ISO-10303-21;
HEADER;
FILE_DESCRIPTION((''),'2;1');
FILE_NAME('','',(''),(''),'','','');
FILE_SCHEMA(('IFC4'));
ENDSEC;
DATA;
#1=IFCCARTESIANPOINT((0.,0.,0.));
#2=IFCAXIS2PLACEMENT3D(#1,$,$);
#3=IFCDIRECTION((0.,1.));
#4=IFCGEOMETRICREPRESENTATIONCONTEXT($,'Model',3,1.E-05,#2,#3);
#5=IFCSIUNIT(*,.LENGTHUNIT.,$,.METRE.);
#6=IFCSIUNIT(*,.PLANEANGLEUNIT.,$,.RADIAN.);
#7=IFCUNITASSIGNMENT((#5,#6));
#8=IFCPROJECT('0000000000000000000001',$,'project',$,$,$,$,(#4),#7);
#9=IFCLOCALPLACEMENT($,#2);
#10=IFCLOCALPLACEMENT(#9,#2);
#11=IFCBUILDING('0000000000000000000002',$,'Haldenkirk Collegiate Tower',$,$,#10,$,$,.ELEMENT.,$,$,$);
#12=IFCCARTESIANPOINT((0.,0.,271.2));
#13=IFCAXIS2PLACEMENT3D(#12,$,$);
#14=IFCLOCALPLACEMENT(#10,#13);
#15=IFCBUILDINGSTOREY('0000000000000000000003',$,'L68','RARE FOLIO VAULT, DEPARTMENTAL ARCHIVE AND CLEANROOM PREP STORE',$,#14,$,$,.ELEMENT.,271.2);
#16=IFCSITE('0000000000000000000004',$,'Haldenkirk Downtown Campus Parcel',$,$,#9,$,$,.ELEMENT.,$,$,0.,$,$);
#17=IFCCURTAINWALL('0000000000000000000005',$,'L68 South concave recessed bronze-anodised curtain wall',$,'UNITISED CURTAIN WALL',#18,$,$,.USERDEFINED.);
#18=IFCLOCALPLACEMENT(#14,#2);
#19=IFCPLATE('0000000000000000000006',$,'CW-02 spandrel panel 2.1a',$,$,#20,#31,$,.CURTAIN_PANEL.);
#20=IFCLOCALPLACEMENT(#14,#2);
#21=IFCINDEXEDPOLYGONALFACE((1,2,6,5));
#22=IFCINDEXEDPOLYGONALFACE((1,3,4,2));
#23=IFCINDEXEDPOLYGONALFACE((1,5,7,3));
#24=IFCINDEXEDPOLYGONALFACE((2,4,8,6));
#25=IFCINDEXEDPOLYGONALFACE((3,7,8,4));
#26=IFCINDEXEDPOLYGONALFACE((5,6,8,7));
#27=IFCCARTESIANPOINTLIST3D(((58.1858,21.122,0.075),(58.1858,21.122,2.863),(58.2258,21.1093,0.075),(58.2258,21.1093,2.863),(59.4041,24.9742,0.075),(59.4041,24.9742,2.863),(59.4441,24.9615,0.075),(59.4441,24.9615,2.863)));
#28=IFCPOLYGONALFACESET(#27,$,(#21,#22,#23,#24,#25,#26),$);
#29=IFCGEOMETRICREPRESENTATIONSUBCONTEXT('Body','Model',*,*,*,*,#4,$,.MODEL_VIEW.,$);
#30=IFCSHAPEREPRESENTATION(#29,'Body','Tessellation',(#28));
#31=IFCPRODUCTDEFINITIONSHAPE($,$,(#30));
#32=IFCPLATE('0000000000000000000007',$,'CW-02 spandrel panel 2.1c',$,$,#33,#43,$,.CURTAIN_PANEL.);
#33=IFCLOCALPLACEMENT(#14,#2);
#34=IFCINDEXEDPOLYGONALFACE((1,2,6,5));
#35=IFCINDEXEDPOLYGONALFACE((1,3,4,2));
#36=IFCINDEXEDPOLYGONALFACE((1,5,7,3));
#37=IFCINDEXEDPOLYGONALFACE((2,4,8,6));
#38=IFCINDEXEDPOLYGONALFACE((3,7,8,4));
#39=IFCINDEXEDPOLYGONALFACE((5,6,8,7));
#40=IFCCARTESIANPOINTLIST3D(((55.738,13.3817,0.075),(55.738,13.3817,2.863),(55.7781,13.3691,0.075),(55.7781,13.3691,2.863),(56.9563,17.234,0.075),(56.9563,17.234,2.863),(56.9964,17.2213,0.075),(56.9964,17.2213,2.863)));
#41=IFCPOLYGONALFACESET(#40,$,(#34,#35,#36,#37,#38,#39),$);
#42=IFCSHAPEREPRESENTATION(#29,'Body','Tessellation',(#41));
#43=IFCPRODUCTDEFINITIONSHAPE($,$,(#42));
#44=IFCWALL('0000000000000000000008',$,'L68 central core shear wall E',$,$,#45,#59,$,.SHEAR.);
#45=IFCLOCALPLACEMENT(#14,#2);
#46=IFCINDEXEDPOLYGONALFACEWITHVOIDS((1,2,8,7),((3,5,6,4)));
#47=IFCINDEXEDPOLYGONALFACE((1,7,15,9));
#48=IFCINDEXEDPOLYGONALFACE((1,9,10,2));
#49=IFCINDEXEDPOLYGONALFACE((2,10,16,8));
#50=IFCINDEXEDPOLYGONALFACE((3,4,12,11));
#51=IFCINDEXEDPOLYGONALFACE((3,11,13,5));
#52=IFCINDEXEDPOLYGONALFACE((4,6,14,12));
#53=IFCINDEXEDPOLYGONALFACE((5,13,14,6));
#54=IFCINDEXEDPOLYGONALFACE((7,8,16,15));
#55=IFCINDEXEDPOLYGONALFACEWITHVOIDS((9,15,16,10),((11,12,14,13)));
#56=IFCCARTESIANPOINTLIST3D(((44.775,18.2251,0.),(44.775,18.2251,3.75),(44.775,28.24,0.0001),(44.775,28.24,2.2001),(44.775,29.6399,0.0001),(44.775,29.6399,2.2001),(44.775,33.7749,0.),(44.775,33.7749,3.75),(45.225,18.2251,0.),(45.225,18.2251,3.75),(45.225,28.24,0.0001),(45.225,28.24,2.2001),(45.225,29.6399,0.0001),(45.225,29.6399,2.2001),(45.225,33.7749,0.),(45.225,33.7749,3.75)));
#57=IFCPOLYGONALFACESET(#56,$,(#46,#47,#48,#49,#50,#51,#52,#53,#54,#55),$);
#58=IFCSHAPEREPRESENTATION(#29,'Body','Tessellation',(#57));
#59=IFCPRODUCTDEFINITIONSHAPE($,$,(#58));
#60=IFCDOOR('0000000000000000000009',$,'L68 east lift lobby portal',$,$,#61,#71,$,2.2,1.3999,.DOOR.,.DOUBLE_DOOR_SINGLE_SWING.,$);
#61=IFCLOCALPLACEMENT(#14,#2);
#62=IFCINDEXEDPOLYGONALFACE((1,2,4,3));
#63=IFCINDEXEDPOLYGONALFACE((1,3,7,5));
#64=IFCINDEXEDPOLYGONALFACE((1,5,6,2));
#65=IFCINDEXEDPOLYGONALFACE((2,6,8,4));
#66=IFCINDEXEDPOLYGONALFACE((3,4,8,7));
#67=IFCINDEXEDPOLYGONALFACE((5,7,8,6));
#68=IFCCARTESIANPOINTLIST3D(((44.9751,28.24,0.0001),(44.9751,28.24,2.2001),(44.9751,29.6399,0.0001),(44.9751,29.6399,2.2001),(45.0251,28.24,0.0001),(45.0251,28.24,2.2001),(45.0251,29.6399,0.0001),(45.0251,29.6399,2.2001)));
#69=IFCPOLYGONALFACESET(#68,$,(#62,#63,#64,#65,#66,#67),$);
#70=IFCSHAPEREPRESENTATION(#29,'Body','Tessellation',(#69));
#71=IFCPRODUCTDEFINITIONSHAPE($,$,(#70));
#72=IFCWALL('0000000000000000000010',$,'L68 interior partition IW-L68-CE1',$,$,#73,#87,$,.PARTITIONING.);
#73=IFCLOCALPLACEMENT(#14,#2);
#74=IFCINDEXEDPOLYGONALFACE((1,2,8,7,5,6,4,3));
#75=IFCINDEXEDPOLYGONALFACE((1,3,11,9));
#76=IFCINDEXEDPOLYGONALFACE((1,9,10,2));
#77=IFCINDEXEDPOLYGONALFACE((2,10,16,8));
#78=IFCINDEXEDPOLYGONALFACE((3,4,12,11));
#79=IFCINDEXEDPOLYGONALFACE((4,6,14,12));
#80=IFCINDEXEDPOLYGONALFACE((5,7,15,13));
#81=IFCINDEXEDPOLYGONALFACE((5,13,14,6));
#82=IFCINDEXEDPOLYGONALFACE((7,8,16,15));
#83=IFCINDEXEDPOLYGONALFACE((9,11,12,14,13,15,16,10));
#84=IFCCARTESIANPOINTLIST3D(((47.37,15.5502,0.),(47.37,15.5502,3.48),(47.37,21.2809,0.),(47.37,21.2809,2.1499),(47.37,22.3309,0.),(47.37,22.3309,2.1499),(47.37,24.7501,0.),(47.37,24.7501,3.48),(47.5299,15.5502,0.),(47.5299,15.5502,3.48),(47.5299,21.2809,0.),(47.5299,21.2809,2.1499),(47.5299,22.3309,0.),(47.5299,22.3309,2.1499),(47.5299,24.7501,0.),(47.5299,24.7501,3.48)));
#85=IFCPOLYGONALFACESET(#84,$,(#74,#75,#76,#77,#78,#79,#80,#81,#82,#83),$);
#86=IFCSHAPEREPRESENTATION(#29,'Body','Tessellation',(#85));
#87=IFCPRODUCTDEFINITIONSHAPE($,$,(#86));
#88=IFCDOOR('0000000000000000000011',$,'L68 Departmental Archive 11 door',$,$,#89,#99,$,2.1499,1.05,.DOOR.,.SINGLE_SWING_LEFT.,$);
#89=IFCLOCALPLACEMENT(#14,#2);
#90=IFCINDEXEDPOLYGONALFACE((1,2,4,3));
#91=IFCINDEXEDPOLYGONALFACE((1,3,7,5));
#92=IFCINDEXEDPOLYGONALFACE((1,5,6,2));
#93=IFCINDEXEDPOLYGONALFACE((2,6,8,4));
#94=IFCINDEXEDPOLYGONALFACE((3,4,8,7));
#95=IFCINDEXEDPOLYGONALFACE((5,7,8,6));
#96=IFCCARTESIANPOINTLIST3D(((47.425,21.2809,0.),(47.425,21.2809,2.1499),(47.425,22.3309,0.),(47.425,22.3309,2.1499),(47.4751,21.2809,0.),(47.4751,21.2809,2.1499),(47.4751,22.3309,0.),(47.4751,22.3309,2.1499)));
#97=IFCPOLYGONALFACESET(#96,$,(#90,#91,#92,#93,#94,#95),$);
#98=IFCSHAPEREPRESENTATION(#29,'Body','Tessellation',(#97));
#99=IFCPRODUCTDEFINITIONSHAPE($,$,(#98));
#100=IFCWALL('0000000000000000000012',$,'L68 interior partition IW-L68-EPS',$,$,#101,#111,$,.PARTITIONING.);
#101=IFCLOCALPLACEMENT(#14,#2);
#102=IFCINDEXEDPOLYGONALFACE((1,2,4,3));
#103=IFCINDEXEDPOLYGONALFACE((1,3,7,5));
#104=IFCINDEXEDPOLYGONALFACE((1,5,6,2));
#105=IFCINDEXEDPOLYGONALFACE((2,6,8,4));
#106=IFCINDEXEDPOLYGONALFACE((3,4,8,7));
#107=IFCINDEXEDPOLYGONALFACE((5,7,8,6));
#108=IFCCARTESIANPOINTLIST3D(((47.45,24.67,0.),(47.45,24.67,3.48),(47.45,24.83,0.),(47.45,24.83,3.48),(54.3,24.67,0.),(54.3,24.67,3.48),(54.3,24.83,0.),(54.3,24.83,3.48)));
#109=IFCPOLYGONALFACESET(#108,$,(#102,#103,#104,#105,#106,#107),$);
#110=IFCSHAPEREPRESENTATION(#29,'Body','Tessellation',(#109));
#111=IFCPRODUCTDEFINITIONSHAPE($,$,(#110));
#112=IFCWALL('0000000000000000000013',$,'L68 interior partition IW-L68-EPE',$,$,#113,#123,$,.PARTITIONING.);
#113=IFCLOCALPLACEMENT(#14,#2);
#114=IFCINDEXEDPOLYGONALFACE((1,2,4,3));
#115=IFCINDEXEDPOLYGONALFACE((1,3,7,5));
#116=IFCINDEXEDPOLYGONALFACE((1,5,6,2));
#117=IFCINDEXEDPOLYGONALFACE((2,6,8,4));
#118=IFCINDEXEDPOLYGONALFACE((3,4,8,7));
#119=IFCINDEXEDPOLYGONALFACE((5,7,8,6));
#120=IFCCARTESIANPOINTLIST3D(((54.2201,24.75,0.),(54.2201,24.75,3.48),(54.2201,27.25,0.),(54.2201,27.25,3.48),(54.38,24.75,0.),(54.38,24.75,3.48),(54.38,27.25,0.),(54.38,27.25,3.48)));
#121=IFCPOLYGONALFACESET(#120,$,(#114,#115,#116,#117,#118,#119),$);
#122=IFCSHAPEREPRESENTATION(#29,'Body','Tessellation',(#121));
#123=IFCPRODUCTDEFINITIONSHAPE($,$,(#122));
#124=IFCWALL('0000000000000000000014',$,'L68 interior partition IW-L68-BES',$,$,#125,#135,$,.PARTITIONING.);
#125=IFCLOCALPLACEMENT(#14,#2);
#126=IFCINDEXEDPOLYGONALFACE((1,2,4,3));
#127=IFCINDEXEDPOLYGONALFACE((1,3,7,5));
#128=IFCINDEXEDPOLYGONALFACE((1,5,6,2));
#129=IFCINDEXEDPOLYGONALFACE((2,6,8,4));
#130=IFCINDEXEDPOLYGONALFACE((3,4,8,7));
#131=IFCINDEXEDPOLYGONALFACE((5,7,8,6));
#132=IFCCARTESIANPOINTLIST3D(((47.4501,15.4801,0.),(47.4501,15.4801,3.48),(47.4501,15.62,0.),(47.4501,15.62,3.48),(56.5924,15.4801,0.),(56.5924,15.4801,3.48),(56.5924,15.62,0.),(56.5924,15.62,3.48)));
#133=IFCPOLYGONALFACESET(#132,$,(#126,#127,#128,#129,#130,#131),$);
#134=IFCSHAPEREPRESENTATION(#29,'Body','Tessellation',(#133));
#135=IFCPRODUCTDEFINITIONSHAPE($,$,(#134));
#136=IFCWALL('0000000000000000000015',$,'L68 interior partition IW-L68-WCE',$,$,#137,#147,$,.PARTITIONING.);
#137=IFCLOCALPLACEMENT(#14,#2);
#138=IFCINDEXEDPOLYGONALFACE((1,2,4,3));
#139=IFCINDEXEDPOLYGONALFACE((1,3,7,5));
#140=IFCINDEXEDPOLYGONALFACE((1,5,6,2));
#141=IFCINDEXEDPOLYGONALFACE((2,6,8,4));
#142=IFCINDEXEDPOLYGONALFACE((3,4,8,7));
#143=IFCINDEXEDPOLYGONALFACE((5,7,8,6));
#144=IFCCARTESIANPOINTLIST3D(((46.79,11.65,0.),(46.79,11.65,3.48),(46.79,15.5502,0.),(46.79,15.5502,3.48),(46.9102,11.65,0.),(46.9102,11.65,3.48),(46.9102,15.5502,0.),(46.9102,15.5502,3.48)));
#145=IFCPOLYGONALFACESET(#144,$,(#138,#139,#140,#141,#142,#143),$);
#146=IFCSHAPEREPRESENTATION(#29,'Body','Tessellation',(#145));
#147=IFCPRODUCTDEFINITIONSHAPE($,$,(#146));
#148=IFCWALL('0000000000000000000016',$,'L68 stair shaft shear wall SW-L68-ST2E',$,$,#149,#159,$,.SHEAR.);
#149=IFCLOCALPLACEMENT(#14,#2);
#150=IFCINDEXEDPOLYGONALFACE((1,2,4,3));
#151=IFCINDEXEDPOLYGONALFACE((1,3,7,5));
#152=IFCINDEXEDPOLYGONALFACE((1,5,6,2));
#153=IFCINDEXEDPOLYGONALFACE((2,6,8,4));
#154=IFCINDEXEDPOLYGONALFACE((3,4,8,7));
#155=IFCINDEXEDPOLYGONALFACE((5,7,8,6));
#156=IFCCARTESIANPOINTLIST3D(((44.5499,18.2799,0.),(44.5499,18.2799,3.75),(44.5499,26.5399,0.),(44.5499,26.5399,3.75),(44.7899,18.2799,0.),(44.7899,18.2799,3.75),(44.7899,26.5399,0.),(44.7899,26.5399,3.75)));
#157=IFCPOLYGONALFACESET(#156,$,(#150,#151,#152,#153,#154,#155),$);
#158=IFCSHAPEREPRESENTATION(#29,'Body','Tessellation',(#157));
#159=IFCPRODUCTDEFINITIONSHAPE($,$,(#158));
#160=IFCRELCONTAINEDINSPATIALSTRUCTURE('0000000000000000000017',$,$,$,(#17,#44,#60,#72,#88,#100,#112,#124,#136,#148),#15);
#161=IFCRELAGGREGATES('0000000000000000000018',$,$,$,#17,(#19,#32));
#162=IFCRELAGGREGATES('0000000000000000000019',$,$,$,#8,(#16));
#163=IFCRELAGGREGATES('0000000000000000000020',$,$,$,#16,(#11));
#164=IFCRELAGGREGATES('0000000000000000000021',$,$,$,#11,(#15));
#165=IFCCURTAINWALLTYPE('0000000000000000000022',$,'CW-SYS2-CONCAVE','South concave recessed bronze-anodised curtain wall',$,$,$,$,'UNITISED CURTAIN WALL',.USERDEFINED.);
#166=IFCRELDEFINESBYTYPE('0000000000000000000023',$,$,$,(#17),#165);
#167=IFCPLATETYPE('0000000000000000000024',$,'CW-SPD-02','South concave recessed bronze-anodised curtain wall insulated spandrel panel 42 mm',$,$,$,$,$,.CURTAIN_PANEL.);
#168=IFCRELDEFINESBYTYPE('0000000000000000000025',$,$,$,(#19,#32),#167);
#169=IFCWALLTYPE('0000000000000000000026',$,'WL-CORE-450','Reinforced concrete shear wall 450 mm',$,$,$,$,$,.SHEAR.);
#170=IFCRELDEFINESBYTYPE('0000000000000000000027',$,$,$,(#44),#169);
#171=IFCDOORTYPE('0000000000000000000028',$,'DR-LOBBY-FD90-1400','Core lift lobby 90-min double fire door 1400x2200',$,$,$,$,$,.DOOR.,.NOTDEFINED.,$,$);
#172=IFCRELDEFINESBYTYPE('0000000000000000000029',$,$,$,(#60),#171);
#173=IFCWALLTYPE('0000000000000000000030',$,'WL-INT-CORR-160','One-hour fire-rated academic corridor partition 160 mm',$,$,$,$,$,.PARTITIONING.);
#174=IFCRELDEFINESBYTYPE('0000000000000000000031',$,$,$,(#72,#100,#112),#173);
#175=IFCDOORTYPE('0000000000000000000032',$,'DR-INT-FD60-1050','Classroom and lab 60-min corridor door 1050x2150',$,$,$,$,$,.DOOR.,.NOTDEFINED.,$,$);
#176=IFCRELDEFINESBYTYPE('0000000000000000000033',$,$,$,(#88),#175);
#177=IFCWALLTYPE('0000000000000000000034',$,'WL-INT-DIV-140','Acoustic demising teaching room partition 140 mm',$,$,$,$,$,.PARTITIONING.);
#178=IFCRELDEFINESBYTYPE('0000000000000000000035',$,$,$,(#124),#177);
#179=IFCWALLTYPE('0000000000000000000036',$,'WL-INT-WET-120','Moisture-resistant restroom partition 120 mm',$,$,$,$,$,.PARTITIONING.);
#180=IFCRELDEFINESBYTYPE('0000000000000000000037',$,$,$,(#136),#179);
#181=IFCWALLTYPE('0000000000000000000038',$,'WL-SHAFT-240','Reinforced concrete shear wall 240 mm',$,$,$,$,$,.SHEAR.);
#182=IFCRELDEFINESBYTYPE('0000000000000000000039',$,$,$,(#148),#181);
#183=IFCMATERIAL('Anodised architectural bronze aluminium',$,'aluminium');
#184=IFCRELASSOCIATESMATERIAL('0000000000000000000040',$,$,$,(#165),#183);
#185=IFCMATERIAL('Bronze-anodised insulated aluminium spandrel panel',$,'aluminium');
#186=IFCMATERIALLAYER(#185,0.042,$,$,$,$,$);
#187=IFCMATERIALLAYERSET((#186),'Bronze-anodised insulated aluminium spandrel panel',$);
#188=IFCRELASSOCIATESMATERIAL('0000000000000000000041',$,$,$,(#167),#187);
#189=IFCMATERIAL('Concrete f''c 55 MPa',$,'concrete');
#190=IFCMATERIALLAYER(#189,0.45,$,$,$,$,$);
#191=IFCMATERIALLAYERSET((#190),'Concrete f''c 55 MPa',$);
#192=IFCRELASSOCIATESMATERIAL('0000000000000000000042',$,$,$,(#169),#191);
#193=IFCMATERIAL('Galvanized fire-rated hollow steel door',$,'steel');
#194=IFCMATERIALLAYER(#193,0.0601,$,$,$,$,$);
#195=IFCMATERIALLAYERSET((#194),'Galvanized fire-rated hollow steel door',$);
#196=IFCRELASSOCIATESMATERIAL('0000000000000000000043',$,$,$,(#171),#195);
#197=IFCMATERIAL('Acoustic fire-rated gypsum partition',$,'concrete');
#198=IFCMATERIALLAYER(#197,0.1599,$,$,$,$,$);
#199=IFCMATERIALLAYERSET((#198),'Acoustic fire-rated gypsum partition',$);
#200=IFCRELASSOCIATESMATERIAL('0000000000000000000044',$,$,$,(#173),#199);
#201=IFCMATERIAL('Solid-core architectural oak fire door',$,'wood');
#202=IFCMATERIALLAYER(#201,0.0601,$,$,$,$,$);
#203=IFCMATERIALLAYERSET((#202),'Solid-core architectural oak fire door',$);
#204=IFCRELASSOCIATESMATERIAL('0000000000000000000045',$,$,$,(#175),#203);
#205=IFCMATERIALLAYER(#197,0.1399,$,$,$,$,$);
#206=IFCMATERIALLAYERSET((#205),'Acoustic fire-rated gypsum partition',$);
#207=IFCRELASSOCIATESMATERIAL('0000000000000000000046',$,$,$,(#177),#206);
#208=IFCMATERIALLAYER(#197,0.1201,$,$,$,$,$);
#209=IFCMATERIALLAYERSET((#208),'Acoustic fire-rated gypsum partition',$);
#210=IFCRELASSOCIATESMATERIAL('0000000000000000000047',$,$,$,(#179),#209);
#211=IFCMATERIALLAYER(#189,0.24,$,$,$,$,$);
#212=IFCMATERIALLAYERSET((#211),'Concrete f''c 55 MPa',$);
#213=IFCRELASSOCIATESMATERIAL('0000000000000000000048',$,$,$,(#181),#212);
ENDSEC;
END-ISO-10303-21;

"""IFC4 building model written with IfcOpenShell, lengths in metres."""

from ifc_helpers import new_model, si_unit, direction, frame, frame_2d, origin, origin_2d, place, context, subcontext, project, spatial, rectangle, extrude, source, transform, mapped, material, layer, layer_set, type_object, element, fill, aggregate, save


model = new_model("IFC4")

# Units and contexts
model_context = context("Model", 3, precision=1e-05, world=origin(), true_north=direction((0.0, 1.0)))
body_context = subcontext(model_context, "Body", "Model", "MODEL_VIEW")
ifc_project = project(units=[si_unit("LENGTHUNIT", "METRE"), si_unit("PLANEANGLEUNIT", "RADIAN")], contexts=[model_context])

# Site, building, storey
site_placement = place(None, origin())
site = spatial("IfcSite", under=ifc_project, at=site_placement, Name="Haldenkirk Downtown Campus Parcel", CompositionType="ELEMENT", RefElevation=0.0)
building_placement = place(site_placement, origin())
building = spatial("IfcBuilding", under=site, at=building_placement, Name="Haldenkirk Collegiate Tower", CompositionType="ELEMENT")
storey_placement = place(building_placement, frame((0.0, 0.0, 271.2)))
storey = spatial("IfcBuildingStorey", under=building, at=storey_placement, Name="L68", Description="RARE FOLIO VAULT, DEPARTMENTAL ARCHIVE AND CLEANROOM PREP STORE", CompositionType="ELEMENT", Elevation=271.2)

# Curtain wall, plates
ifc_material_1 = material(Name="Anodised architectural bronze aluminium", Category="aluminium")
curtain_wall_type = type_object("IfcCurtainWallType", Name="CW-SYS2-CONCAVE", Description="South concave recessed bronze-anodised curtain wall", ElementType="UNITISED CURTAIN WALL", PredefinedType="USERDEFINED", material=ifc_material_1)
curtain_wall_placement = place(storey_placement, origin())
curtain_wall = element("IfcCurtainWall", 1, at=curtain_wall_placement, inside=storey, type_object=curtain_wall_type, Name="L68 South concave recessed bronze-anodised curtain wall", ObjectType="UNITISED CURTAIN WALL", PredefinedType="USERDEFINED")
ifc_material_2 = material(Name="Bronze-anodised insulated aluminium spandrel panel", Category="aluminium")
ifc_layer_1 = layer(ifc_material_2, 0.042)
ifc_layer_set_1 = layer_set([ifc_layer_1], Name="Bronze-anodised insulated aluminium spandrel panel")
plate_type_1 = type_object("IfcPlateType", Name="CW-SPD-02", Description="South concave recessed bronze-anodised curtain wall insulated spandrel panel 42 mm", PredefinedType="CURTAIN_PANEL", material=ifc_layer_set_1)
shared_shape_1 = source(origin(), body_context, "Body", "SweptSolid", [
    extrude(rectangle(XDim=4.0403, YDim=0.042, at=origin_2d()), origin(), (0.0, 0.0, 1.0), 2.7881),
])
plate_1_placement = place(storey_placement, frame((58.8149, 23.0417, 0.075), z_axis=(0.0, 0.0, 1.0), x_axis=(-0.301537, -0.953455, 0.0)))
plate_1 = element("IfcPlate", 2, at=plate_1_placement, type_object=plate_type_1, Name="CW-02 spandrel panel 2.1a", PredefinedType="CURTAIN_PANEL", context=body_context, shape_type="MappedRepresentation", body=[
    mapped(shared_shape_1, transform((0.0, 0.0, 0.0), x_axis=(1.0, 0.0, 0.0), y_axis=(0.0, 1.0, 0.0), z_axis=(0.0, 0.0, 1.0), scale=1.0)),
])
plate_2_placement = place(storey_placement, frame((56.3672, 15.3015, 0.075), z_axis=(0.0, 0.0, 1.0), x_axis=(-0.301537, -0.953455, 0.0)))
plate_2 = element("IfcPlate", 3, at=plate_2_placement, type_object=plate_type_1, Name="CW-02 spandrel panel 2.1c", PredefinedType="CURTAIN_PANEL", context=body_context, shape_type="MappedRepresentation", body=[
    mapped(shared_shape_1, transform((0.0, 0.0, 0.0), x_axis=(1.0, 0.0, 0.0), y_axis=(0.0, 1.0, 0.0), z_axis=(0.0, 0.0, 1.0), scale=1.0)),
])
aggregate(curtain_wall, [plate_1, plate_2])

# Walls, openings, doors
ifc_material_3 = material(Name="Concrete f'c 55 MPa", Category="concrete")
ifc_layer_2 = layer(ifc_material_3, 0.45)
ifc_layer_set_2 = layer_set([ifc_layer_2], Name="Concrete f'c 55 MPa")
wall_type_1 = type_object("IfcWallType", Name="WL-CORE-450", Description="Reinforced concrete shear wall 450 mm", PredefinedType="SHEAR", material=ifc_layer_set_2)
wall_1_placement = place(storey_placement, frame((45.0, 18.2251, 0.0), z_axis=(0.0, 0.0, 1.0), x_axis=(0.0, 1.0, 0.0)))
wall_1 = element("IfcWall", 4, at=wall_1_placement, inside=storey, type_object=wall_type_1, Name="L68 central core shear wall E", PredefinedType="SHEAR", context=body_context, shape_type="SweptSolid", body=[
    extrude(rectangle(XDim=15.5498, YDim=0.45, at=frame_2d((7.7749, 0.0))), origin(), (0.0, 0.0, 1.0), 3.75),
])
opening_1_placement = place(wall_1_placement, frame((10.0149, 0.0, 0.0)))
opening_1 = element("IfcOpeningElement", 5, at=opening_1_placement, cuts=wall_1, PredefinedType="OPENING", context=body_context, shape_type="SweptSolid", body=[
    extrude(rectangle(XDim=1.3999, YDim=2.2, at=frame_2d((0.7, 1.1001))), frame((0.0, 0.2349, 0.0), z_axis=(0.0, -1.0, 0.0), x_axis=(1.0, 0.0, 0.0)), (0.0, 0.0, 1.0), 0.47),
])
ifc_material_4 = material(Name="Galvanized fire-rated hollow steel door", Category="steel")
ifc_layer_3 = layer(ifc_material_4, 0.0601)
ifc_layer_set_3 = layer_set([ifc_layer_3], Name="Galvanized fire-rated hollow steel door")
door_type_1 = type_object("IfcDoorType", Name="DR-LOBBY-FD90-1400", Description="Core lift lobby 90-min double fire door 1400x2200", OperationType="NOTDEFINED", PredefinedType="DOOR", material=ifc_layer_set_3)
door_1_placement = place(opening_1_placement, origin())
door_1 = element("IfcDoor", 6, at=door_1_placement, inside=storey, type_object=door_type_1, Name="L68 east lift lobby portal", OperationType="DOUBLE_DOOR_SINGLE_SWING", OverallHeight=2.2, OverallWidth=1.3999, PredefinedType="DOOR", context=body_context, shape_type="SweptSolid", body=[
    extrude(rectangle(XDim=1.3999, YDim=2.2, at=frame_2d((0.7, 1.1001))), frame((0.0, 0.0249, 0.0), z_axis=(0.0, -1.0, 0.0), x_axis=(1.0, 0.0, 0.0)), (0.0, 0.0, 1.0), 0.05),
])
fill(opening_1, door_1)
ifc_material_5 = material(Name="Acoustic fire-rated gypsum partition", Category="concrete")
ifc_layer_4 = layer(ifc_material_5, 0.1599)
ifc_layer_set_4 = layer_set([ifc_layer_4], Name="Acoustic fire-rated gypsum partition")
wall_type_2 = type_object("IfcWallType", Name="WL-INT-CORR-160", Description="One-hour fire-rated academic corridor partition 160 mm", PredefinedType="PARTITIONING", material=ifc_layer_set_4)
wall_2_placement = place(storey_placement, frame((47.45, 15.55, 0.0), z_axis=(0.0, 0.0, 1.0), x_axis=(0.0, 1.0, 0.0)))
wall_2 = element("IfcWall", 7, at=wall_2_placement, inside=storey, type_object=wall_type_2, Name="L68 interior partition IW-L68-CE1", PredefinedType="PARTITIONING", context=body_context, shape_type="SweptSolid", body=[
    extrude(rectangle(XDim=9.2, YDim=0.1599, at=frame_2d((4.6001, 0.0))), origin(), (0.0, 0.0, 1.0), 3.48),
])
opening_2_placement = place(wall_2_placement, frame((5.731, 0.0, 0.0)))
opening_2 = element("IfcOpeningElement", 8, at=opening_2_placement, cuts=wall_2, PredefinedType="OPENING", context=body_context, shape_type="SweptSolid", body=[
    extrude(rectangle(XDim=1.05, YDim=2.1499, at=frame_2d((0.5249, 1.075))), frame((0.0, 0.0898, 0.0), z_axis=(0.0, -1.0, 0.0), x_axis=(1.0, 0.0, 0.0)), (0.0, 0.0, 1.0), 0.1799),
])
ifc_material_6 = material(Name="Solid-core architectural oak fire door", Category="wood")
ifc_layer_5 = layer(ifc_material_6, 0.0601)
ifc_layer_set_5 = layer_set([ifc_layer_5], Name="Solid-core architectural oak fire door")
door_type_2 = type_object("IfcDoorType", Name="DR-INT-FD60-1050", Description="Classroom and lab 60-min corridor door 1050x2150", OperationType="NOTDEFINED", PredefinedType="DOOR", material=ifc_layer_set_5)
door_2_placement = place(opening_2_placement, origin())
door_2 = element("IfcDoor", 9, at=door_2_placement, inside=storey, type_object=door_type_2, Name="L68 Departmental Archive 11 door", OperationType="SINGLE_SWING_LEFT", OverallHeight=2.1499, OverallWidth=1.05, PredefinedType="DOOR", context=body_context, shape_type="SweptSolid", body=[
    extrude(rectangle(XDim=1.05, YDim=2.1499, at=frame_2d((0.5249, 1.075))), frame((0.0, 0.0249, 0.0), z_axis=(0.0, -1.0, 0.0), x_axis=(1.0, 0.0, 0.0)), (0.0, 0.0, 1.0), 0.05),
])
fill(opening_2, door_2)

# Walls
wall_3_placement = place(storey_placement, frame((47.45, 24.75, 0.0), z_axis=(0.0, 0.0, 1.0), x_axis=(1.0, 0.0, 0.0)))
element("IfcWall", 10, at=wall_3_placement, inside=storey, type_object=wall_type_2, Name="L68 interior partition IW-L68-EPS", PredefinedType="PARTITIONING", context=body_context, shape_type="SweptSolid", body=[
    extrude(rectangle(XDim=6.8501, YDim=0.1599, at=frame_2d((3.425, 0.0))), origin(), (0.0, 0.0, 1.0), 3.48),
])
wall_4_placement = place(storey_placement, frame((54.3, 24.75, 0.0), z_axis=(0.0, 0.0, 1.0), x_axis=(0.0, 1.0, 0.0)))
element("IfcWall", 11, at=wall_4_placement, inside=storey, type_object=wall_type_2, Name="L68 interior partition IW-L68-EPE", PredefinedType="PARTITIONING", context=body_context, shape_type="SweptSolid", body=[
    extrude(rectangle(XDim=2.5, YDim=0.1599, at=frame_2d((1.25, 0.0))), origin(), (0.0, 0.0, 1.0), 3.48),
])
ifc_layer_6 = layer(ifc_material_5, 0.1399)
ifc_layer_set_6 = layer_set([ifc_layer_6], Name="Acoustic fire-rated gypsum partition")
wall_type_3 = type_object("IfcWallType", Name="WL-INT-DIV-140", Description="Acoustic demising teaching room partition 140 mm", PredefinedType="PARTITIONING", material=ifc_layer_set_6)
wall_5_placement = place(storey_placement, frame((47.45, 15.55, 0.0), z_axis=(0.0, 0.0, 1.0), x_axis=(1.0, 0.0, 0.0)))
element("IfcWall", 12, at=wall_5_placement, inside=storey, type_object=wall_type_3, Name="L68 interior partition IW-L68-BES", PredefinedType="PARTITIONING", context=body_context, shape_type="SweptSolid", body=[
    extrude(rectangle(XDim=9.1423, YDim=0.1399, at=frame_2d((4.5713, 0.0))), origin(), (0.0, 0.0, 1.0), 3.48),
])
ifc_layer_7 = layer(ifc_material_5, 0.1201)
ifc_layer_set_7 = layer_set([ifc_layer_7], Name="Acoustic fire-rated gypsum partition")
wall_type_4 = type_object("IfcWallType", Name="WL-INT-WET-120", Description="Moisture-resistant restroom partition 120 mm", PredefinedType="PARTITIONING", material=ifc_layer_set_7)
wall_6_placement = place(storey_placement, frame((46.8501, 11.6499, 0.0), z_axis=(0.0, 0.0, 1.0), x_axis=(0.0, 1.0, 0.0)))
element("IfcWall", 13, at=wall_6_placement, inside=storey, type_object=wall_type_4, Name="L68 interior partition IW-L68-WCE", PredefinedType="PARTITIONING", context=body_context, shape_type="SweptSolid", body=[
    extrude(rectangle(XDim=3.9001, YDim=0.1201, at=frame_2d((1.9502, 0.0))), origin(), (0.0, 0.0, 1.0), 3.48),
])
ifc_layer_8 = layer(ifc_material_3, 0.24)
ifc_layer_set_8 = layer_set([ifc_layer_8], Name="Concrete f'c 55 MPa")
wall_type_5 = type_object("IfcWallType", Name="WL-SHAFT-240", Description="Reinforced concrete shear wall 240 mm", PredefinedType="SHEAR", material=ifc_layer_set_8)
wall_7_placement = place(storey_placement, frame((44.6699, 18.28, 0.0), z_axis=(0.0, 0.0, 1.0), x_axis=(0.0, 1.0, 0.0)))
element("IfcWall", 14, at=wall_7_placement, inside=storey, type_object=wall_type_5, Name="L68 stair shaft shear wall SW-L68-ST2E", PredefinedType="SHEAR", context=body_context, shape_type="SweptSolid", body=[
    extrude(rectangle(XDim=8.26, YDim=0.24, at=frame_2d((4.1299, 0.0))), origin(), (0.0, 0.0, 1.0), 3.75),
])

save(model, "model.ifc")
